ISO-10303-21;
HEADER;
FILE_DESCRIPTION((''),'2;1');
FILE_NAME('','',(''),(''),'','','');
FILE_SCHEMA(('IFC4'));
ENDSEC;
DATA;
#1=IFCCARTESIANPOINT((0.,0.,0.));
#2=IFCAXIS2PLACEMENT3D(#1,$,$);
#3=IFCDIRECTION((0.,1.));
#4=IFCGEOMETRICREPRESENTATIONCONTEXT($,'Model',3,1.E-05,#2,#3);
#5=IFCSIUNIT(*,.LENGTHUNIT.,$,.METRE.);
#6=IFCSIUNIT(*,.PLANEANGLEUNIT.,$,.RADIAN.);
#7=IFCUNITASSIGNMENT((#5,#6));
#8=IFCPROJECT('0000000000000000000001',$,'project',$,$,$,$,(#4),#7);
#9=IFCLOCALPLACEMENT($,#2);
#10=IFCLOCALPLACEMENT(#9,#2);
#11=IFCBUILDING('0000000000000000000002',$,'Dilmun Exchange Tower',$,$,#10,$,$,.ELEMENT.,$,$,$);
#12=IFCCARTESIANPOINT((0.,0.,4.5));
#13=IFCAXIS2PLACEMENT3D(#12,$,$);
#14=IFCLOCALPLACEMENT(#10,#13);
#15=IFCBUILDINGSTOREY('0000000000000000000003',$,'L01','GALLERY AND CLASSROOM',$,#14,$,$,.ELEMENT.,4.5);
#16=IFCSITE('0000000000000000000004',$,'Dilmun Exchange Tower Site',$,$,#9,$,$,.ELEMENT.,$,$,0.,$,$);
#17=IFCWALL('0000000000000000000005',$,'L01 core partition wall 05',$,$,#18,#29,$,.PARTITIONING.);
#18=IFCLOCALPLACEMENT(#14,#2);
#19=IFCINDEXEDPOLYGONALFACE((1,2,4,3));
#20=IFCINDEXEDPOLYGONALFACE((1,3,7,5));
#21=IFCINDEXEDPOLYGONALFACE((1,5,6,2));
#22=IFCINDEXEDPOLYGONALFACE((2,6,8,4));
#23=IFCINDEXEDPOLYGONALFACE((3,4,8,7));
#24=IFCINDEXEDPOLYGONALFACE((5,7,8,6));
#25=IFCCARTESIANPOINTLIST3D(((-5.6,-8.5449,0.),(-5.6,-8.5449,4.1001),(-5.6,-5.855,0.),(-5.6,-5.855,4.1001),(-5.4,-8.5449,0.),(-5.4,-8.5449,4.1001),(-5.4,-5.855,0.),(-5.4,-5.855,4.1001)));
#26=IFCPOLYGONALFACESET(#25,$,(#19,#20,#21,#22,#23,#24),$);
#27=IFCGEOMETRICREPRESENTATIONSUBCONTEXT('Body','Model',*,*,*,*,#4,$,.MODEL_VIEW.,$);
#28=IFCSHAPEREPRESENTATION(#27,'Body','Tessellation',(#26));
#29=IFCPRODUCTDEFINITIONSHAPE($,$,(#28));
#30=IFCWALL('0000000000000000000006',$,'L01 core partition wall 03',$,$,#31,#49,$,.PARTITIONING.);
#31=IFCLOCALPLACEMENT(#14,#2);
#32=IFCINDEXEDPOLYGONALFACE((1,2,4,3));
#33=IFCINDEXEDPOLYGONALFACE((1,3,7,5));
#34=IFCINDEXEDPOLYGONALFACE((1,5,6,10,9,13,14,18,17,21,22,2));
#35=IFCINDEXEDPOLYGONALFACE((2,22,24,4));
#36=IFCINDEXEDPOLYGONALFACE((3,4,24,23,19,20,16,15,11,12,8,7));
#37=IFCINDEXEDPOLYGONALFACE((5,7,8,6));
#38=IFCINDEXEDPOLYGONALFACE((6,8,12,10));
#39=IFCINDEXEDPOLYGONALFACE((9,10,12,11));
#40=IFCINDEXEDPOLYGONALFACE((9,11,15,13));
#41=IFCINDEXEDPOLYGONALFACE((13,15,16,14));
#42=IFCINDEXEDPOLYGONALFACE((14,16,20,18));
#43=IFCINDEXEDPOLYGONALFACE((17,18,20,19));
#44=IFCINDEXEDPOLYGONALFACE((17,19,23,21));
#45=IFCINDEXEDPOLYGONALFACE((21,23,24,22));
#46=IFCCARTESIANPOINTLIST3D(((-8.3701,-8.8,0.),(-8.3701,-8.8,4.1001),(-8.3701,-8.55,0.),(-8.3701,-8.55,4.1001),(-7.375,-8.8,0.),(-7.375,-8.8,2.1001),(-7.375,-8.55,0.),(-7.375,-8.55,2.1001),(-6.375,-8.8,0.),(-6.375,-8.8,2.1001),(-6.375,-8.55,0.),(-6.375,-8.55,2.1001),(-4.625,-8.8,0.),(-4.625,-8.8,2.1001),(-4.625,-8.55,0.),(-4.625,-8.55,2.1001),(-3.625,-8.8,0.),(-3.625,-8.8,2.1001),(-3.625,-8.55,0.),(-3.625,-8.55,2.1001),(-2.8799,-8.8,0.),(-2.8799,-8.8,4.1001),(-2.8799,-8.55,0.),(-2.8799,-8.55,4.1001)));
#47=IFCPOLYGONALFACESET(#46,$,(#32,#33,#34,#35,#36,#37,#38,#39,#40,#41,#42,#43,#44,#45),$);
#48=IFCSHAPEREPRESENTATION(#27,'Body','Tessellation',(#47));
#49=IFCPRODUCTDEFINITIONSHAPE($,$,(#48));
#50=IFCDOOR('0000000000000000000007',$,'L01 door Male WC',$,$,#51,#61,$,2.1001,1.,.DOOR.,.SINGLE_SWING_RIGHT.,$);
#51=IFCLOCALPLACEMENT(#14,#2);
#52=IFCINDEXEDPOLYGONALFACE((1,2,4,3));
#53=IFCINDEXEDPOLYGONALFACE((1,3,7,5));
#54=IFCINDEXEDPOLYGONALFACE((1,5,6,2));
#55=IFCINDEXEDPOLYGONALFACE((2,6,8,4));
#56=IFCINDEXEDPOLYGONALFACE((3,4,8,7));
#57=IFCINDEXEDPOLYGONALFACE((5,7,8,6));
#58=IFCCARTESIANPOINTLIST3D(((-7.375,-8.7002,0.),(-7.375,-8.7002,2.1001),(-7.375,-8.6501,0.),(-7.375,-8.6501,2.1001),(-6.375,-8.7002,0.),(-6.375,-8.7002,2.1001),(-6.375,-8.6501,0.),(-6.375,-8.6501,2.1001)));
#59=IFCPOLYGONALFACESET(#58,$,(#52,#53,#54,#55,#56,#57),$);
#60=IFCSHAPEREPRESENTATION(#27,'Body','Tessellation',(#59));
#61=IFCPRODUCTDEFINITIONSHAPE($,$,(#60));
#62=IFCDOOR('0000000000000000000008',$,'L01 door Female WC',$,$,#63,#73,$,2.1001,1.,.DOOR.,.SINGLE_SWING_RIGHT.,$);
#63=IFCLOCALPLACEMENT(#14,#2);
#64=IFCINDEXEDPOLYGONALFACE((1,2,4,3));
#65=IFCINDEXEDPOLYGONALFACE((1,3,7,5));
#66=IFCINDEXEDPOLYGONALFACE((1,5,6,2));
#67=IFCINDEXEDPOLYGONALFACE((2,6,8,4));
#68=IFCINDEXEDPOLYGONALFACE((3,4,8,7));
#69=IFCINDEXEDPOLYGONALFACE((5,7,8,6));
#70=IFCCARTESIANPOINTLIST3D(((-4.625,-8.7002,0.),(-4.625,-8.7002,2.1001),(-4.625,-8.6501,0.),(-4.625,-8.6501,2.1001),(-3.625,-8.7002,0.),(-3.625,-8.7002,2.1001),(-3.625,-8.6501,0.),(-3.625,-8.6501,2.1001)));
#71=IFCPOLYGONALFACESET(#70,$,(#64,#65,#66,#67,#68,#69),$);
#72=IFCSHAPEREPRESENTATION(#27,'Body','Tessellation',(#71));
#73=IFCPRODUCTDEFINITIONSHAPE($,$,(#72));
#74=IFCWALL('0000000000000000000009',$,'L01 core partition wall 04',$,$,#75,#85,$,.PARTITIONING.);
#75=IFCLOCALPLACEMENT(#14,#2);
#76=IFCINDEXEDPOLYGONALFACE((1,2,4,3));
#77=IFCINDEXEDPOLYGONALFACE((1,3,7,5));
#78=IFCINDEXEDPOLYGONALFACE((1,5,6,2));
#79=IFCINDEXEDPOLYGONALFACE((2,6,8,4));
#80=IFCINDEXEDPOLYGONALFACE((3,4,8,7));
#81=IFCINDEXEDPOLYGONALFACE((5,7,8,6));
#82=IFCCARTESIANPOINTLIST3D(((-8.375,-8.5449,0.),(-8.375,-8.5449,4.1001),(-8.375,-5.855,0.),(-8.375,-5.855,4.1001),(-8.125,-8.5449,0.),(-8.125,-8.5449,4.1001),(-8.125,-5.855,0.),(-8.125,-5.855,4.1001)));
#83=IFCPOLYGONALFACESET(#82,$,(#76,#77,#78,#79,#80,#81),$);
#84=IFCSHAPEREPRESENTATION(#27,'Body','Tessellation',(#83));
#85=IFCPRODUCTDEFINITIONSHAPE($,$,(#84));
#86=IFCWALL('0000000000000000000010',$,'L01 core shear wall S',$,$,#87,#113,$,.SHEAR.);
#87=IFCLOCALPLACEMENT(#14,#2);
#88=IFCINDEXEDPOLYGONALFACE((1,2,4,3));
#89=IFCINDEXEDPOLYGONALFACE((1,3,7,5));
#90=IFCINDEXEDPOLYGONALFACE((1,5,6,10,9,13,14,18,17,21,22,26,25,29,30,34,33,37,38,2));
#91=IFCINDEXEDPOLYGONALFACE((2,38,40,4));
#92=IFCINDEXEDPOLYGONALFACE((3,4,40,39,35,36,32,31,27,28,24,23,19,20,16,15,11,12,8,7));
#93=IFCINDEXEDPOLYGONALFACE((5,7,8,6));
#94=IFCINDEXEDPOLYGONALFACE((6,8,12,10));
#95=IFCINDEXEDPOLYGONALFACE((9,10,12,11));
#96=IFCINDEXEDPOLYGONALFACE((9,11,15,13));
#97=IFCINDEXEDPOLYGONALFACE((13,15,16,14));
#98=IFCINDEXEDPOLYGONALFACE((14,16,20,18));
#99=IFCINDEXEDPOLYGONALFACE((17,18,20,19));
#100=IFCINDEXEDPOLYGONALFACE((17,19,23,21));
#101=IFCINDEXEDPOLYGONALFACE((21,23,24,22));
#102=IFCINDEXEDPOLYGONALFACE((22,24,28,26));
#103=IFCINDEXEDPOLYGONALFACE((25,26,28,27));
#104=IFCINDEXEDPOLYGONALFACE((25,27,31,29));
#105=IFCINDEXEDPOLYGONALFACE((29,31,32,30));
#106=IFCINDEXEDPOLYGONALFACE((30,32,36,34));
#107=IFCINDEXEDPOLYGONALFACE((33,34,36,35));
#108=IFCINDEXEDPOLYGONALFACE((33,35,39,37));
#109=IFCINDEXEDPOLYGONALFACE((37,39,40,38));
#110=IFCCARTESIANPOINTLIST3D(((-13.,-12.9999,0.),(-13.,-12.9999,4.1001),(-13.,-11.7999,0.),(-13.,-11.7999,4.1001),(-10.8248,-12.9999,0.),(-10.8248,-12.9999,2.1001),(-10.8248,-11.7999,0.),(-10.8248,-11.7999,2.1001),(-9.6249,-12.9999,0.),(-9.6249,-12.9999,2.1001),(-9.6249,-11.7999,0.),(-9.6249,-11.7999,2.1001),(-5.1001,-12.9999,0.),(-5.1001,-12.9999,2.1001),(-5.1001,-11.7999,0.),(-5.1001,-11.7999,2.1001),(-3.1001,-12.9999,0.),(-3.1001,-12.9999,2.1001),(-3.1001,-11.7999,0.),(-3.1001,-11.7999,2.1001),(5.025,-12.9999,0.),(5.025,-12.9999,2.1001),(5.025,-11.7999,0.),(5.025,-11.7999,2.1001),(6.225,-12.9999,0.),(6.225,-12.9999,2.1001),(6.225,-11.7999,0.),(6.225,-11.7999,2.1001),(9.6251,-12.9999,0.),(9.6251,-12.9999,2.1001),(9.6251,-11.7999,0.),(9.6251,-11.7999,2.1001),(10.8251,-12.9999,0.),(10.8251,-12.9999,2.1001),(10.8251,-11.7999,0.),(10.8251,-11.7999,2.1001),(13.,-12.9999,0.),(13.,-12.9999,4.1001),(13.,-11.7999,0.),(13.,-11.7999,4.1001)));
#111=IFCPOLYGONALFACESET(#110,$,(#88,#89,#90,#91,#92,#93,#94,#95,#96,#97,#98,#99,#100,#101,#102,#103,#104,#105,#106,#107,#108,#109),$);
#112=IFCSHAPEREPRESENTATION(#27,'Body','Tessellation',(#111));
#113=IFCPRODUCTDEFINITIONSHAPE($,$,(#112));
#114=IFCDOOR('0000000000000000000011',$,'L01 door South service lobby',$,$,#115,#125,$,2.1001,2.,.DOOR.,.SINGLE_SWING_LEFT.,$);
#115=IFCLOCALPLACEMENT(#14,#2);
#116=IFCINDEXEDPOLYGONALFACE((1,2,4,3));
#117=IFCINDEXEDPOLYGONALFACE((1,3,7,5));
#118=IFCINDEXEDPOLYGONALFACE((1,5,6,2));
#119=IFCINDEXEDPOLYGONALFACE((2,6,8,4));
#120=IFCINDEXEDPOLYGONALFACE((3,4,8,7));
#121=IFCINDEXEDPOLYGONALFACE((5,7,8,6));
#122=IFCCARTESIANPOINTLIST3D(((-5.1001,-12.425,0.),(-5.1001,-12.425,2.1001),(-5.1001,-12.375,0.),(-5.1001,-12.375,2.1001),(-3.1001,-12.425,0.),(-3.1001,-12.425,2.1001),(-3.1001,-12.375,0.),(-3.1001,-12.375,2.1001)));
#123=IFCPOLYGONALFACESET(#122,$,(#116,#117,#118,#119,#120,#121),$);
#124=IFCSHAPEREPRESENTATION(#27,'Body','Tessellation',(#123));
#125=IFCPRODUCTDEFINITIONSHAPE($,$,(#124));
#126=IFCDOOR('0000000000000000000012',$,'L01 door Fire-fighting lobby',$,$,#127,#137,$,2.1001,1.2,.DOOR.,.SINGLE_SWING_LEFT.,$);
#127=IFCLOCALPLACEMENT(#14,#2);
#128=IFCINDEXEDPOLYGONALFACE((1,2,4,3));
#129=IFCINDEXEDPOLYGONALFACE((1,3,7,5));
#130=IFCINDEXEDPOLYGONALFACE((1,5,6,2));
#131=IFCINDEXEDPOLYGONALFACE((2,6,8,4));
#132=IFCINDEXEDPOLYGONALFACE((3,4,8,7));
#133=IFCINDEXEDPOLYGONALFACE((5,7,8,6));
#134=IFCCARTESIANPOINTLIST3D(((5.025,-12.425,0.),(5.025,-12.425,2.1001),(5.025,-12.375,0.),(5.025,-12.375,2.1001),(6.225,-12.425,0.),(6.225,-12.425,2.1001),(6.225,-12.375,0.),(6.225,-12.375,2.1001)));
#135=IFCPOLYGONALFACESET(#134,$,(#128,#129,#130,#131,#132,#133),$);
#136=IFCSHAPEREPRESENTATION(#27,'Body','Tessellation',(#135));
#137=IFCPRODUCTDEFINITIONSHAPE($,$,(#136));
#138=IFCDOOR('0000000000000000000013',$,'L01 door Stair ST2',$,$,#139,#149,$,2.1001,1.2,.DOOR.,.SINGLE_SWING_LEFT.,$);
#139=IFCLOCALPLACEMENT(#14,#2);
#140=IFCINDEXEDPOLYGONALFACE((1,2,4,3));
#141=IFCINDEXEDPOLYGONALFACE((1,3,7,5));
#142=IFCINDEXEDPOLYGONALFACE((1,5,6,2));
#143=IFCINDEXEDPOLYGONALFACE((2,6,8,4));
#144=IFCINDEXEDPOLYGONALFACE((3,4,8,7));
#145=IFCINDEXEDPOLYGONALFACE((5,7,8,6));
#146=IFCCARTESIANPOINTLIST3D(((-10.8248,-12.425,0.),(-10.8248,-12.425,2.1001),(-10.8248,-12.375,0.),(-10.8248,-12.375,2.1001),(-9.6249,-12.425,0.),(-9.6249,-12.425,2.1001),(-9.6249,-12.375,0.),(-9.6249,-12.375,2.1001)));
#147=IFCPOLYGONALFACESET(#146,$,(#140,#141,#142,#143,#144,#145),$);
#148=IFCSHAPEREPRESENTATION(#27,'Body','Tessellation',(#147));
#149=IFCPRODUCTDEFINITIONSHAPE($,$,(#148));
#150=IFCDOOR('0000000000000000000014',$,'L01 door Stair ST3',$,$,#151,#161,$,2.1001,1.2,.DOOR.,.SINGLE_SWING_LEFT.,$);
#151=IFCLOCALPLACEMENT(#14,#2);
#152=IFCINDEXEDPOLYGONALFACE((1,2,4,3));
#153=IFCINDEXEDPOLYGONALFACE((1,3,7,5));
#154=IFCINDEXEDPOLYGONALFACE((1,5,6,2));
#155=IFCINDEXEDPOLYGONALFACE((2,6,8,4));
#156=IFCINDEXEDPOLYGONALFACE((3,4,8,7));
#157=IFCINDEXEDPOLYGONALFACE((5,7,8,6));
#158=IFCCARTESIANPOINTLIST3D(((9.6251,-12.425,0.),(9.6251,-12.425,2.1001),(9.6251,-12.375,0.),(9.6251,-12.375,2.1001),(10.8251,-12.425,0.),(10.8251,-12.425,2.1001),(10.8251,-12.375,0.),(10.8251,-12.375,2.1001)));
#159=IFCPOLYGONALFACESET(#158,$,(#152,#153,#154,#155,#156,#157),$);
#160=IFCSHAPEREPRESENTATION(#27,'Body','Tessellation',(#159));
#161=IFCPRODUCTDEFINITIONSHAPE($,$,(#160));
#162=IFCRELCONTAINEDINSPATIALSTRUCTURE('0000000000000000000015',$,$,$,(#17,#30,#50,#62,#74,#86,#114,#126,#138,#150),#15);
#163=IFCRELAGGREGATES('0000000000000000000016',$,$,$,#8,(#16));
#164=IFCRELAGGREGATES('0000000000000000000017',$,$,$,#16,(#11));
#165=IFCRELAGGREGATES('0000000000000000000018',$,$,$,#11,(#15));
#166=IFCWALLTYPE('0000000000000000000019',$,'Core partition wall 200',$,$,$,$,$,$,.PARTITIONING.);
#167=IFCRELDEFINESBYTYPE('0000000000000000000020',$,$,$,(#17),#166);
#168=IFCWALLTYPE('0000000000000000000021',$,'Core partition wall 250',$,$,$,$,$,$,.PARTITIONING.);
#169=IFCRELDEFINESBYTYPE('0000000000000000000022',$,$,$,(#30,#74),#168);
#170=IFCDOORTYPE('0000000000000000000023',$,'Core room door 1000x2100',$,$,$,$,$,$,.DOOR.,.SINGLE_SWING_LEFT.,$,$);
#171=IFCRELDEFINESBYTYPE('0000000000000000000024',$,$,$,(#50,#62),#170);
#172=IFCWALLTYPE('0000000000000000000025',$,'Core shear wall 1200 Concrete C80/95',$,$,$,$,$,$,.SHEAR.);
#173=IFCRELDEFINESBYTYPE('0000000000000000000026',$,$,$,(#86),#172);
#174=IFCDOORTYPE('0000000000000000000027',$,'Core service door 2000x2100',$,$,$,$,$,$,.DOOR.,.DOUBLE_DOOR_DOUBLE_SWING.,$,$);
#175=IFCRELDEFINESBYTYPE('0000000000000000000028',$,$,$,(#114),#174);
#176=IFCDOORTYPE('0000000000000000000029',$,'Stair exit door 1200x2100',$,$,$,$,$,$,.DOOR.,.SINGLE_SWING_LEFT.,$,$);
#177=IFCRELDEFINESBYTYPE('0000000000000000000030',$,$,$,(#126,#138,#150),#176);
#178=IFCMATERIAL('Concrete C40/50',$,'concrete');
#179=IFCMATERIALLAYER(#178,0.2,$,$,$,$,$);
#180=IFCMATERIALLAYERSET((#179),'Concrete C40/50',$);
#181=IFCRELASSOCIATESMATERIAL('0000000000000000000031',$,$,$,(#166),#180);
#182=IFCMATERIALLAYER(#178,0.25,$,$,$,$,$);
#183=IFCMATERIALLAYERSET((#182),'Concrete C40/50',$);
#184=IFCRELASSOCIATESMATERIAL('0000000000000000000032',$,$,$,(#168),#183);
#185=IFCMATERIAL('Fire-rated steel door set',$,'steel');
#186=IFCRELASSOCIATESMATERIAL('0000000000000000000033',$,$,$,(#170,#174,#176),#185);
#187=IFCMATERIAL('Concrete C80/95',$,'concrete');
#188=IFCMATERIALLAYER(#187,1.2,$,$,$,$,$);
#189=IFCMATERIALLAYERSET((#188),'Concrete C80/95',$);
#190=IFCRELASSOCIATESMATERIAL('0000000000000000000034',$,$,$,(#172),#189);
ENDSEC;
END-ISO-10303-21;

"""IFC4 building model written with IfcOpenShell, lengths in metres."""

from ifc_helpers import new_model, si_unit, direction, frame, frame_2d, origin, place, context, subcontext, project, spatial, rectangle, extrude, material, layer, layer_set, type_object, element, fill, save


model = new_model("IFC4")

# Units and contexts
model_context = context("Model", 3, precision=1e-05, world=origin(), true_north=direction((0.0, 1.0)))
body_context = subcontext(model_context, "Body", "Model", "MODEL_VIEW")
ifc_project = project(units=[si_unit("LENGTHUNIT", "METRE"), si_unit("PLANEANGLEUNIT", "RADIAN")], contexts=[model_context])

# Site, building, storey
site_placement = place(None, origin())
site = spatial("IfcSite", under=ifc_project, at=site_placement, Name="Dilmun Exchange Tower Site", CompositionType="ELEMENT", RefElevation=0.0)
building_placement = place(site_placement, origin())
building = spatial("IfcBuilding", under=site, at=building_placement, Name="Dilmun Exchange Tower", CompositionType="ELEMENT")
storey_placement = place(building_placement, frame((0.0, 0.0, 4.5)))
storey = spatial("IfcBuildingStorey", under=building, at=storey_placement, Name="L01", Description="GALLERY AND CLASSROOM", CompositionType="ELEMENT", Elevation=4.5)

# Wall
ifc_material_1 = material(Name="Concrete C40/50", Category="concrete")
ifc_layer_1 = layer(ifc_material_1, 0.2)
ifc_layer_set_1 = layer_set([ifc_layer_1], Name="Concrete C40/50")
wall_type_1 = type_object("IfcWallType", Name="Core partition wall 200", PredefinedType="PARTITIONING", material=ifc_layer_set_1)
wall_1_placement = place(storey_placement, frame((-5.5, -8.5449, 0.0), z_axis=(0.0, 0.0, 1.0), x_axis=(0.0, 1.0, 0.0)))
element("IfcWall", 1, at=wall_1_placement, inside=storey, type_object=wall_type_1, Name="L01 core partition wall 05", PredefinedType="PARTITIONING", context=body_context, shape_type="SweptSolid", body=[
    extrude(rectangle(XDim=2.6899, YDim=0.2, at=frame_2d((1.345, 0.0))), origin(), (0.0, 0.0, 1.0), 4.1001),
])

# Wall, openings, doors
ifc_layer_2 = layer(ifc_material_1, 0.25)
ifc_layer_set_2 = layer_set([ifc_layer_2], Name="Concrete C40/50")
wall_type_2 = type_object("IfcWallType", Name="Core partition wall 250", PredefinedType="PARTITIONING", material=ifc_layer_set_2)
wall_2_placement = place(storey_placement, frame((-8.3701, -8.675, 0.0), z_axis=(0.0, 0.0, 1.0), x_axis=(1.0, 0.0, 0.0)))
wall_2 = element("IfcWall", 2, at=wall_2_placement, inside=storey, type_object=wall_type_2, Name="L01 core partition wall 03", PredefinedType="PARTITIONING", context=body_context, shape_type="SweptSolid", body=[
    extrude(rectangle(XDim=5.4902, YDim=0.25, at=frame_2d((2.7451, 0.0))), origin(), (0.0, 0.0, 1.0), 4.1001),
])
opening_1_placement = place(wall_2_placement, frame((0.9951, 0.0, 0.0)))
opening_1 = element("IfcOpeningElement", 3, at=opening_1_placement, cuts=wall_2, PredefinedType="OPENING", context=body_context, shape_type="SweptSolid", body=[
    extrude(rectangle(XDim=1.0, YDim=2.1001, at=frame_2d((0.5, 1.05))), frame((0.0, 0.135, 0.0), z_axis=(0.0, -1.0, 0.0), x_axis=(1.0, 0.0, 0.0)), (0.0, 0.0, 1.0), 0.27),
])
opening_2_placement = place(wall_2_placement, frame((3.7451, 0.0, 0.0)))
opening_2 = element("IfcOpeningElement", 4, at=opening_2_placement, cuts=wall_2, PredefinedType="OPENING", context=body_context, shape_type="SweptSolid", body=[
    extrude(rectangle(XDim=1.0, YDim=2.1001, at=frame_2d((0.5, 1.05))), frame((0.0, 0.135, 0.0), z_axis=(0.0, -1.0, 0.0), x_axis=(1.0, 0.0, 0.0)), (0.0, 0.0, 1.0), 0.27),
])
ifc_material_2 = material(Name="Fire-rated steel door set", Category="steel")
door_type_1 = type_object("IfcDoorType", Name="Core room door 1000x2100", OperationType="SINGLE_SWING_LEFT", PredefinedType="DOOR", material=ifc_material_2)
door_1_placement = place(opening_1_placement, origin())
door_1 = element("IfcDoor", 5, at=door_1_placement, inside=storey, type_object=door_type_1, Name="L01 door Male WC", OperationType="SINGLE_SWING_RIGHT", OverallHeight=2.1001, OverallWidth=1.0, PredefinedType="DOOR", context=body_context, shape_type="SweptSolid", body=[
    extrude(rectangle(XDim=1.0, YDim=2.1001, at=frame_2d((0.5, 1.05))), frame((0.0, 0.0249, 0.0), z_axis=(0.0, -1.0, 0.0), x_axis=(1.0, 0.0, 0.0)), (0.0, 0.0, 1.0), 0.05),
])
fill(opening_1, door_1)
door_2_placement = place(opening_2_placement, origin())
door_2 = element("IfcDoor", 6, at=door_2_placement, inside=storey, type_object=door_type_1, Name="L01 door Female WC", OperationType="SINGLE_SWING_RIGHT", OverallHeight=2.1001, OverallWidth=1.0, PredefinedType="DOOR", context=body_context, shape_type="SweptSolid", body=[
    extrude(rectangle(XDim=1.0, YDim=2.1001, at=frame_2d((0.5, 1.05))), frame((0.0, 0.0249, 0.0), z_axis=(0.0, -1.0, 0.0), x_axis=(1.0, 0.0, 0.0)), (0.0, 0.0, 1.0), 0.05),
])
fill(opening_2, door_2)

# Wall
wall_3_placement = place(storey_placement, frame((-8.25, -8.5449, 0.0), z_axis=(0.0, 0.0, 1.0), x_axis=(0.0, 1.0, 0.0)))
element("IfcWall", 7, at=wall_3_placement, inside=storey, type_object=wall_type_2, Name="L01 core partition wall 04", PredefinedType="PARTITIONING", context=body_context, shape_type="SweptSolid", body=[
    extrude(rectangle(XDim=2.6899, YDim=0.25, at=frame_2d((1.345, 0.0))), origin(), (0.0, 0.0, 1.0), 4.1001),
])

# Wall, openings, doors
ifc_material_3 = material(Name="Concrete C80/95", Category="concrete")
ifc_layer_3 = layer(ifc_material_3, 1.2)
ifc_layer_set_3 = layer_set([ifc_layer_3], Name="Concrete C80/95")
wall_type_3 = type_object("IfcWallType", Name="Core shear wall 1200 Concrete C80/95", PredefinedType="SHEAR", material=ifc_layer_set_3)
wall_4_placement = place(storey_placement, frame((-13.0, -12.3999, 0.0), z_axis=(0.0, 0.0, 1.0), x_axis=(1.0, 0.0, 0.0)))
wall_4 = element("IfcWall", 8, at=wall_4_placement, inside=storey, type_object=wall_type_3, Name="L01 core shear wall S", PredefinedType="SHEAR", context=body_context, shape_type="SweptSolid", body=[
    extrude(rectangle(XDim=26.0, YDim=1.2, at=frame_2d((13.0, 0.0))), origin(), (0.0, 0.0, 1.0), 4.1001),
])
opening_3_placement = place(wall_4_placement, frame((7.8999, 0.0, 0.0)))
opening_3 = element("IfcOpeningElement", 9, at=opening_3_placement, cuts=wall_4, PredefinedType="OPENING", context=body_context, shape_type="SweptSolid", body=[
    extrude(rectangle(XDim=2.0, YDim=2.1001, at=frame_2d((1.0, 1.05))), frame((0.0, 0.6099, 0.0), z_axis=(0.0, -1.0, 0.0), x_axis=(1.0, 0.0, 0.0)), (0.0, 0.0, 1.0), 1.22),
])
opening_4_placement = place(wall_4_placement, frame((18.0249, 0.0, 0.0)))
opening_4 = element("IfcOpeningElement", 10, at=opening_4_placement, cuts=wall_4, PredefinedType="OPENING", context=body_context, shape_type="SweptSolid", body=[
    extrude(rectangle(XDim=1.2, YDim=2.1001, at=frame_2d((0.6001, 1.05))), frame((0.0, 0.6099, 0.0), z_axis=(0.0, -1.0, 0.0), x_axis=(1.0, 0.0, 0.0)), (0.0, 0.0, 1.0), 1.22),
])
opening_5_placement = place(wall_4_placement, frame((2.175, 0.0, 0.0)))
opening_5 = element("IfcOpeningElement", 11, at=opening_5_placement, cuts=wall_4, PredefinedType="OPENING", context=body_context, shape_type="SweptSolid", body=[
    extrude(rectangle(XDim=1.2, YDim=2.1001, at=frame_2d((0.6001, 1.05))), frame((0.0, 0.6099, 0.0), z_axis=(0.0, -1.0, 0.0), x_axis=(1.0, 0.0, 0.0)), (0.0, 0.0, 1.0), 1.22),
])
opening_6_placement = place(wall_4_placement, frame((22.625, 0.0, 0.0)))
opening_6 = element("IfcOpeningElement", 12, at=opening_6_placement, cuts=wall_4, PredefinedType="OPENING", context=body_context, shape_type="SweptSolid", body=[
    extrude(rectangle(XDim=1.2, YDim=2.1001, at=frame_2d((0.6001, 1.05))), frame((0.0, 0.6099, 0.0), z_axis=(0.0, -1.0, 0.0), x_axis=(1.0, 0.0, 0.0)), (0.0, 0.0, 1.0), 1.22),
])
door_type_2 = type_object("IfcDoorType", Name="Core service door 2000x2100", OperationType="DOUBLE_DOOR_DOUBLE_SWING", PredefinedType="DOOR", material=ifc_material_2)
door_3_placement = place(opening_3_placement, origin())
door_3 = element("IfcDoor", 13, at=door_3_placement, inside=storey, type_object=door_type_2, Name="L01 door South service lobby", OperationType="SINGLE_SWING_LEFT", OverallHeight=2.1001, OverallWidth=2.0, PredefinedType="DOOR", context=body_context, shape_type="SweptSolid", body=[
    extrude(rectangle(XDim=2.0, YDim=2.1001, at=frame_2d((1.0, 1.05))), frame((0.0, 0.0249, 0.0), z_axis=(0.0, -1.0, 0.0), x_axis=(1.0, 0.0, 0.0)), (0.0, 0.0, 1.0), 0.05),
])
fill(opening_3, door_3)
door_type_3 = type_object("IfcDoorType", Name="Stair exit door 1200x2100", OperationType="SINGLE_SWING_LEFT", PredefinedType="DOOR", material=ifc_material_2)
door_4_placement = place(opening_4_placement, origin())
door_4 = element("IfcDoor", 14, at=door_4_placement, inside=storey, type_object=door_type_3, Name="L01 door Fire-fighting lobby", OperationType="SINGLE_SWING_LEFT", OverallHeight=2.1001, OverallWidth=1.2, PredefinedType="DOOR", context=body_context, shape_type="SweptSolid", body=[
    extrude(rectangle(XDim=1.2, YDim=2.1001, at=frame_2d((0.6001, 1.05))), frame((0.0, 0.0249, 0.0), z_axis=(0.0, -1.0, 0.0), x_axis=(1.0, 0.0, 0.0)), (0.0, 0.0, 1.0), 0.05),
])
fill(opening_4, door_4)
door_5_placement = place(opening_5_placement, origin())
door_5 = element("IfcDoor", 15, at=door_5_placement, inside=storey, type_object=door_type_3, Name="L01 door Stair ST2", OperationType="SINGLE_SWING_LEFT", OverallHeight=2.1001, OverallWidth=1.2, PredefinedType="DOOR", context=body_context, shape_type="SweptSolid", body=[
    extrude(rectangle(XDim=1.2, YDim=2.1001, at=frame_2d((0.6001, 1.05))), frame((0.0, 0.0249, 0.0), z_axis=(0.0, -1.0, 0.0), x_axis=(1.0, 0.0, 0.0)), (0.0, 0.0, 1.0), 0.05),
])
fill(opening_5, door_5)
door_6_placement = place(opening_6_placement, origin())
door_6 = element("IfcDoor", 16, at=door_6_placement, inside=storey, type_object=door_type_3, Name="L01 door Stair ST3", OperationType="SINGLE_SWING_LEFT", OverallHeight=2.1001, OverallWidth=1.2, PredefinedType="DOOR", context=body_context, shape_type="SweptSolid", body=[
    extrude(rectangle(XDim=1.2, YDim=2.1001, at=frame_2d((0.6001, 1.05))), frame((0.0, 0.0249, 0.0), z_axis=(0.0, -1.0, 0.0), x_axis=(1.0, 0.0, 0.0)), (0.0, 0.0, 1.0), 0.05),
])
fill(opening_6, door_6)

save(model, "model.ifc")
